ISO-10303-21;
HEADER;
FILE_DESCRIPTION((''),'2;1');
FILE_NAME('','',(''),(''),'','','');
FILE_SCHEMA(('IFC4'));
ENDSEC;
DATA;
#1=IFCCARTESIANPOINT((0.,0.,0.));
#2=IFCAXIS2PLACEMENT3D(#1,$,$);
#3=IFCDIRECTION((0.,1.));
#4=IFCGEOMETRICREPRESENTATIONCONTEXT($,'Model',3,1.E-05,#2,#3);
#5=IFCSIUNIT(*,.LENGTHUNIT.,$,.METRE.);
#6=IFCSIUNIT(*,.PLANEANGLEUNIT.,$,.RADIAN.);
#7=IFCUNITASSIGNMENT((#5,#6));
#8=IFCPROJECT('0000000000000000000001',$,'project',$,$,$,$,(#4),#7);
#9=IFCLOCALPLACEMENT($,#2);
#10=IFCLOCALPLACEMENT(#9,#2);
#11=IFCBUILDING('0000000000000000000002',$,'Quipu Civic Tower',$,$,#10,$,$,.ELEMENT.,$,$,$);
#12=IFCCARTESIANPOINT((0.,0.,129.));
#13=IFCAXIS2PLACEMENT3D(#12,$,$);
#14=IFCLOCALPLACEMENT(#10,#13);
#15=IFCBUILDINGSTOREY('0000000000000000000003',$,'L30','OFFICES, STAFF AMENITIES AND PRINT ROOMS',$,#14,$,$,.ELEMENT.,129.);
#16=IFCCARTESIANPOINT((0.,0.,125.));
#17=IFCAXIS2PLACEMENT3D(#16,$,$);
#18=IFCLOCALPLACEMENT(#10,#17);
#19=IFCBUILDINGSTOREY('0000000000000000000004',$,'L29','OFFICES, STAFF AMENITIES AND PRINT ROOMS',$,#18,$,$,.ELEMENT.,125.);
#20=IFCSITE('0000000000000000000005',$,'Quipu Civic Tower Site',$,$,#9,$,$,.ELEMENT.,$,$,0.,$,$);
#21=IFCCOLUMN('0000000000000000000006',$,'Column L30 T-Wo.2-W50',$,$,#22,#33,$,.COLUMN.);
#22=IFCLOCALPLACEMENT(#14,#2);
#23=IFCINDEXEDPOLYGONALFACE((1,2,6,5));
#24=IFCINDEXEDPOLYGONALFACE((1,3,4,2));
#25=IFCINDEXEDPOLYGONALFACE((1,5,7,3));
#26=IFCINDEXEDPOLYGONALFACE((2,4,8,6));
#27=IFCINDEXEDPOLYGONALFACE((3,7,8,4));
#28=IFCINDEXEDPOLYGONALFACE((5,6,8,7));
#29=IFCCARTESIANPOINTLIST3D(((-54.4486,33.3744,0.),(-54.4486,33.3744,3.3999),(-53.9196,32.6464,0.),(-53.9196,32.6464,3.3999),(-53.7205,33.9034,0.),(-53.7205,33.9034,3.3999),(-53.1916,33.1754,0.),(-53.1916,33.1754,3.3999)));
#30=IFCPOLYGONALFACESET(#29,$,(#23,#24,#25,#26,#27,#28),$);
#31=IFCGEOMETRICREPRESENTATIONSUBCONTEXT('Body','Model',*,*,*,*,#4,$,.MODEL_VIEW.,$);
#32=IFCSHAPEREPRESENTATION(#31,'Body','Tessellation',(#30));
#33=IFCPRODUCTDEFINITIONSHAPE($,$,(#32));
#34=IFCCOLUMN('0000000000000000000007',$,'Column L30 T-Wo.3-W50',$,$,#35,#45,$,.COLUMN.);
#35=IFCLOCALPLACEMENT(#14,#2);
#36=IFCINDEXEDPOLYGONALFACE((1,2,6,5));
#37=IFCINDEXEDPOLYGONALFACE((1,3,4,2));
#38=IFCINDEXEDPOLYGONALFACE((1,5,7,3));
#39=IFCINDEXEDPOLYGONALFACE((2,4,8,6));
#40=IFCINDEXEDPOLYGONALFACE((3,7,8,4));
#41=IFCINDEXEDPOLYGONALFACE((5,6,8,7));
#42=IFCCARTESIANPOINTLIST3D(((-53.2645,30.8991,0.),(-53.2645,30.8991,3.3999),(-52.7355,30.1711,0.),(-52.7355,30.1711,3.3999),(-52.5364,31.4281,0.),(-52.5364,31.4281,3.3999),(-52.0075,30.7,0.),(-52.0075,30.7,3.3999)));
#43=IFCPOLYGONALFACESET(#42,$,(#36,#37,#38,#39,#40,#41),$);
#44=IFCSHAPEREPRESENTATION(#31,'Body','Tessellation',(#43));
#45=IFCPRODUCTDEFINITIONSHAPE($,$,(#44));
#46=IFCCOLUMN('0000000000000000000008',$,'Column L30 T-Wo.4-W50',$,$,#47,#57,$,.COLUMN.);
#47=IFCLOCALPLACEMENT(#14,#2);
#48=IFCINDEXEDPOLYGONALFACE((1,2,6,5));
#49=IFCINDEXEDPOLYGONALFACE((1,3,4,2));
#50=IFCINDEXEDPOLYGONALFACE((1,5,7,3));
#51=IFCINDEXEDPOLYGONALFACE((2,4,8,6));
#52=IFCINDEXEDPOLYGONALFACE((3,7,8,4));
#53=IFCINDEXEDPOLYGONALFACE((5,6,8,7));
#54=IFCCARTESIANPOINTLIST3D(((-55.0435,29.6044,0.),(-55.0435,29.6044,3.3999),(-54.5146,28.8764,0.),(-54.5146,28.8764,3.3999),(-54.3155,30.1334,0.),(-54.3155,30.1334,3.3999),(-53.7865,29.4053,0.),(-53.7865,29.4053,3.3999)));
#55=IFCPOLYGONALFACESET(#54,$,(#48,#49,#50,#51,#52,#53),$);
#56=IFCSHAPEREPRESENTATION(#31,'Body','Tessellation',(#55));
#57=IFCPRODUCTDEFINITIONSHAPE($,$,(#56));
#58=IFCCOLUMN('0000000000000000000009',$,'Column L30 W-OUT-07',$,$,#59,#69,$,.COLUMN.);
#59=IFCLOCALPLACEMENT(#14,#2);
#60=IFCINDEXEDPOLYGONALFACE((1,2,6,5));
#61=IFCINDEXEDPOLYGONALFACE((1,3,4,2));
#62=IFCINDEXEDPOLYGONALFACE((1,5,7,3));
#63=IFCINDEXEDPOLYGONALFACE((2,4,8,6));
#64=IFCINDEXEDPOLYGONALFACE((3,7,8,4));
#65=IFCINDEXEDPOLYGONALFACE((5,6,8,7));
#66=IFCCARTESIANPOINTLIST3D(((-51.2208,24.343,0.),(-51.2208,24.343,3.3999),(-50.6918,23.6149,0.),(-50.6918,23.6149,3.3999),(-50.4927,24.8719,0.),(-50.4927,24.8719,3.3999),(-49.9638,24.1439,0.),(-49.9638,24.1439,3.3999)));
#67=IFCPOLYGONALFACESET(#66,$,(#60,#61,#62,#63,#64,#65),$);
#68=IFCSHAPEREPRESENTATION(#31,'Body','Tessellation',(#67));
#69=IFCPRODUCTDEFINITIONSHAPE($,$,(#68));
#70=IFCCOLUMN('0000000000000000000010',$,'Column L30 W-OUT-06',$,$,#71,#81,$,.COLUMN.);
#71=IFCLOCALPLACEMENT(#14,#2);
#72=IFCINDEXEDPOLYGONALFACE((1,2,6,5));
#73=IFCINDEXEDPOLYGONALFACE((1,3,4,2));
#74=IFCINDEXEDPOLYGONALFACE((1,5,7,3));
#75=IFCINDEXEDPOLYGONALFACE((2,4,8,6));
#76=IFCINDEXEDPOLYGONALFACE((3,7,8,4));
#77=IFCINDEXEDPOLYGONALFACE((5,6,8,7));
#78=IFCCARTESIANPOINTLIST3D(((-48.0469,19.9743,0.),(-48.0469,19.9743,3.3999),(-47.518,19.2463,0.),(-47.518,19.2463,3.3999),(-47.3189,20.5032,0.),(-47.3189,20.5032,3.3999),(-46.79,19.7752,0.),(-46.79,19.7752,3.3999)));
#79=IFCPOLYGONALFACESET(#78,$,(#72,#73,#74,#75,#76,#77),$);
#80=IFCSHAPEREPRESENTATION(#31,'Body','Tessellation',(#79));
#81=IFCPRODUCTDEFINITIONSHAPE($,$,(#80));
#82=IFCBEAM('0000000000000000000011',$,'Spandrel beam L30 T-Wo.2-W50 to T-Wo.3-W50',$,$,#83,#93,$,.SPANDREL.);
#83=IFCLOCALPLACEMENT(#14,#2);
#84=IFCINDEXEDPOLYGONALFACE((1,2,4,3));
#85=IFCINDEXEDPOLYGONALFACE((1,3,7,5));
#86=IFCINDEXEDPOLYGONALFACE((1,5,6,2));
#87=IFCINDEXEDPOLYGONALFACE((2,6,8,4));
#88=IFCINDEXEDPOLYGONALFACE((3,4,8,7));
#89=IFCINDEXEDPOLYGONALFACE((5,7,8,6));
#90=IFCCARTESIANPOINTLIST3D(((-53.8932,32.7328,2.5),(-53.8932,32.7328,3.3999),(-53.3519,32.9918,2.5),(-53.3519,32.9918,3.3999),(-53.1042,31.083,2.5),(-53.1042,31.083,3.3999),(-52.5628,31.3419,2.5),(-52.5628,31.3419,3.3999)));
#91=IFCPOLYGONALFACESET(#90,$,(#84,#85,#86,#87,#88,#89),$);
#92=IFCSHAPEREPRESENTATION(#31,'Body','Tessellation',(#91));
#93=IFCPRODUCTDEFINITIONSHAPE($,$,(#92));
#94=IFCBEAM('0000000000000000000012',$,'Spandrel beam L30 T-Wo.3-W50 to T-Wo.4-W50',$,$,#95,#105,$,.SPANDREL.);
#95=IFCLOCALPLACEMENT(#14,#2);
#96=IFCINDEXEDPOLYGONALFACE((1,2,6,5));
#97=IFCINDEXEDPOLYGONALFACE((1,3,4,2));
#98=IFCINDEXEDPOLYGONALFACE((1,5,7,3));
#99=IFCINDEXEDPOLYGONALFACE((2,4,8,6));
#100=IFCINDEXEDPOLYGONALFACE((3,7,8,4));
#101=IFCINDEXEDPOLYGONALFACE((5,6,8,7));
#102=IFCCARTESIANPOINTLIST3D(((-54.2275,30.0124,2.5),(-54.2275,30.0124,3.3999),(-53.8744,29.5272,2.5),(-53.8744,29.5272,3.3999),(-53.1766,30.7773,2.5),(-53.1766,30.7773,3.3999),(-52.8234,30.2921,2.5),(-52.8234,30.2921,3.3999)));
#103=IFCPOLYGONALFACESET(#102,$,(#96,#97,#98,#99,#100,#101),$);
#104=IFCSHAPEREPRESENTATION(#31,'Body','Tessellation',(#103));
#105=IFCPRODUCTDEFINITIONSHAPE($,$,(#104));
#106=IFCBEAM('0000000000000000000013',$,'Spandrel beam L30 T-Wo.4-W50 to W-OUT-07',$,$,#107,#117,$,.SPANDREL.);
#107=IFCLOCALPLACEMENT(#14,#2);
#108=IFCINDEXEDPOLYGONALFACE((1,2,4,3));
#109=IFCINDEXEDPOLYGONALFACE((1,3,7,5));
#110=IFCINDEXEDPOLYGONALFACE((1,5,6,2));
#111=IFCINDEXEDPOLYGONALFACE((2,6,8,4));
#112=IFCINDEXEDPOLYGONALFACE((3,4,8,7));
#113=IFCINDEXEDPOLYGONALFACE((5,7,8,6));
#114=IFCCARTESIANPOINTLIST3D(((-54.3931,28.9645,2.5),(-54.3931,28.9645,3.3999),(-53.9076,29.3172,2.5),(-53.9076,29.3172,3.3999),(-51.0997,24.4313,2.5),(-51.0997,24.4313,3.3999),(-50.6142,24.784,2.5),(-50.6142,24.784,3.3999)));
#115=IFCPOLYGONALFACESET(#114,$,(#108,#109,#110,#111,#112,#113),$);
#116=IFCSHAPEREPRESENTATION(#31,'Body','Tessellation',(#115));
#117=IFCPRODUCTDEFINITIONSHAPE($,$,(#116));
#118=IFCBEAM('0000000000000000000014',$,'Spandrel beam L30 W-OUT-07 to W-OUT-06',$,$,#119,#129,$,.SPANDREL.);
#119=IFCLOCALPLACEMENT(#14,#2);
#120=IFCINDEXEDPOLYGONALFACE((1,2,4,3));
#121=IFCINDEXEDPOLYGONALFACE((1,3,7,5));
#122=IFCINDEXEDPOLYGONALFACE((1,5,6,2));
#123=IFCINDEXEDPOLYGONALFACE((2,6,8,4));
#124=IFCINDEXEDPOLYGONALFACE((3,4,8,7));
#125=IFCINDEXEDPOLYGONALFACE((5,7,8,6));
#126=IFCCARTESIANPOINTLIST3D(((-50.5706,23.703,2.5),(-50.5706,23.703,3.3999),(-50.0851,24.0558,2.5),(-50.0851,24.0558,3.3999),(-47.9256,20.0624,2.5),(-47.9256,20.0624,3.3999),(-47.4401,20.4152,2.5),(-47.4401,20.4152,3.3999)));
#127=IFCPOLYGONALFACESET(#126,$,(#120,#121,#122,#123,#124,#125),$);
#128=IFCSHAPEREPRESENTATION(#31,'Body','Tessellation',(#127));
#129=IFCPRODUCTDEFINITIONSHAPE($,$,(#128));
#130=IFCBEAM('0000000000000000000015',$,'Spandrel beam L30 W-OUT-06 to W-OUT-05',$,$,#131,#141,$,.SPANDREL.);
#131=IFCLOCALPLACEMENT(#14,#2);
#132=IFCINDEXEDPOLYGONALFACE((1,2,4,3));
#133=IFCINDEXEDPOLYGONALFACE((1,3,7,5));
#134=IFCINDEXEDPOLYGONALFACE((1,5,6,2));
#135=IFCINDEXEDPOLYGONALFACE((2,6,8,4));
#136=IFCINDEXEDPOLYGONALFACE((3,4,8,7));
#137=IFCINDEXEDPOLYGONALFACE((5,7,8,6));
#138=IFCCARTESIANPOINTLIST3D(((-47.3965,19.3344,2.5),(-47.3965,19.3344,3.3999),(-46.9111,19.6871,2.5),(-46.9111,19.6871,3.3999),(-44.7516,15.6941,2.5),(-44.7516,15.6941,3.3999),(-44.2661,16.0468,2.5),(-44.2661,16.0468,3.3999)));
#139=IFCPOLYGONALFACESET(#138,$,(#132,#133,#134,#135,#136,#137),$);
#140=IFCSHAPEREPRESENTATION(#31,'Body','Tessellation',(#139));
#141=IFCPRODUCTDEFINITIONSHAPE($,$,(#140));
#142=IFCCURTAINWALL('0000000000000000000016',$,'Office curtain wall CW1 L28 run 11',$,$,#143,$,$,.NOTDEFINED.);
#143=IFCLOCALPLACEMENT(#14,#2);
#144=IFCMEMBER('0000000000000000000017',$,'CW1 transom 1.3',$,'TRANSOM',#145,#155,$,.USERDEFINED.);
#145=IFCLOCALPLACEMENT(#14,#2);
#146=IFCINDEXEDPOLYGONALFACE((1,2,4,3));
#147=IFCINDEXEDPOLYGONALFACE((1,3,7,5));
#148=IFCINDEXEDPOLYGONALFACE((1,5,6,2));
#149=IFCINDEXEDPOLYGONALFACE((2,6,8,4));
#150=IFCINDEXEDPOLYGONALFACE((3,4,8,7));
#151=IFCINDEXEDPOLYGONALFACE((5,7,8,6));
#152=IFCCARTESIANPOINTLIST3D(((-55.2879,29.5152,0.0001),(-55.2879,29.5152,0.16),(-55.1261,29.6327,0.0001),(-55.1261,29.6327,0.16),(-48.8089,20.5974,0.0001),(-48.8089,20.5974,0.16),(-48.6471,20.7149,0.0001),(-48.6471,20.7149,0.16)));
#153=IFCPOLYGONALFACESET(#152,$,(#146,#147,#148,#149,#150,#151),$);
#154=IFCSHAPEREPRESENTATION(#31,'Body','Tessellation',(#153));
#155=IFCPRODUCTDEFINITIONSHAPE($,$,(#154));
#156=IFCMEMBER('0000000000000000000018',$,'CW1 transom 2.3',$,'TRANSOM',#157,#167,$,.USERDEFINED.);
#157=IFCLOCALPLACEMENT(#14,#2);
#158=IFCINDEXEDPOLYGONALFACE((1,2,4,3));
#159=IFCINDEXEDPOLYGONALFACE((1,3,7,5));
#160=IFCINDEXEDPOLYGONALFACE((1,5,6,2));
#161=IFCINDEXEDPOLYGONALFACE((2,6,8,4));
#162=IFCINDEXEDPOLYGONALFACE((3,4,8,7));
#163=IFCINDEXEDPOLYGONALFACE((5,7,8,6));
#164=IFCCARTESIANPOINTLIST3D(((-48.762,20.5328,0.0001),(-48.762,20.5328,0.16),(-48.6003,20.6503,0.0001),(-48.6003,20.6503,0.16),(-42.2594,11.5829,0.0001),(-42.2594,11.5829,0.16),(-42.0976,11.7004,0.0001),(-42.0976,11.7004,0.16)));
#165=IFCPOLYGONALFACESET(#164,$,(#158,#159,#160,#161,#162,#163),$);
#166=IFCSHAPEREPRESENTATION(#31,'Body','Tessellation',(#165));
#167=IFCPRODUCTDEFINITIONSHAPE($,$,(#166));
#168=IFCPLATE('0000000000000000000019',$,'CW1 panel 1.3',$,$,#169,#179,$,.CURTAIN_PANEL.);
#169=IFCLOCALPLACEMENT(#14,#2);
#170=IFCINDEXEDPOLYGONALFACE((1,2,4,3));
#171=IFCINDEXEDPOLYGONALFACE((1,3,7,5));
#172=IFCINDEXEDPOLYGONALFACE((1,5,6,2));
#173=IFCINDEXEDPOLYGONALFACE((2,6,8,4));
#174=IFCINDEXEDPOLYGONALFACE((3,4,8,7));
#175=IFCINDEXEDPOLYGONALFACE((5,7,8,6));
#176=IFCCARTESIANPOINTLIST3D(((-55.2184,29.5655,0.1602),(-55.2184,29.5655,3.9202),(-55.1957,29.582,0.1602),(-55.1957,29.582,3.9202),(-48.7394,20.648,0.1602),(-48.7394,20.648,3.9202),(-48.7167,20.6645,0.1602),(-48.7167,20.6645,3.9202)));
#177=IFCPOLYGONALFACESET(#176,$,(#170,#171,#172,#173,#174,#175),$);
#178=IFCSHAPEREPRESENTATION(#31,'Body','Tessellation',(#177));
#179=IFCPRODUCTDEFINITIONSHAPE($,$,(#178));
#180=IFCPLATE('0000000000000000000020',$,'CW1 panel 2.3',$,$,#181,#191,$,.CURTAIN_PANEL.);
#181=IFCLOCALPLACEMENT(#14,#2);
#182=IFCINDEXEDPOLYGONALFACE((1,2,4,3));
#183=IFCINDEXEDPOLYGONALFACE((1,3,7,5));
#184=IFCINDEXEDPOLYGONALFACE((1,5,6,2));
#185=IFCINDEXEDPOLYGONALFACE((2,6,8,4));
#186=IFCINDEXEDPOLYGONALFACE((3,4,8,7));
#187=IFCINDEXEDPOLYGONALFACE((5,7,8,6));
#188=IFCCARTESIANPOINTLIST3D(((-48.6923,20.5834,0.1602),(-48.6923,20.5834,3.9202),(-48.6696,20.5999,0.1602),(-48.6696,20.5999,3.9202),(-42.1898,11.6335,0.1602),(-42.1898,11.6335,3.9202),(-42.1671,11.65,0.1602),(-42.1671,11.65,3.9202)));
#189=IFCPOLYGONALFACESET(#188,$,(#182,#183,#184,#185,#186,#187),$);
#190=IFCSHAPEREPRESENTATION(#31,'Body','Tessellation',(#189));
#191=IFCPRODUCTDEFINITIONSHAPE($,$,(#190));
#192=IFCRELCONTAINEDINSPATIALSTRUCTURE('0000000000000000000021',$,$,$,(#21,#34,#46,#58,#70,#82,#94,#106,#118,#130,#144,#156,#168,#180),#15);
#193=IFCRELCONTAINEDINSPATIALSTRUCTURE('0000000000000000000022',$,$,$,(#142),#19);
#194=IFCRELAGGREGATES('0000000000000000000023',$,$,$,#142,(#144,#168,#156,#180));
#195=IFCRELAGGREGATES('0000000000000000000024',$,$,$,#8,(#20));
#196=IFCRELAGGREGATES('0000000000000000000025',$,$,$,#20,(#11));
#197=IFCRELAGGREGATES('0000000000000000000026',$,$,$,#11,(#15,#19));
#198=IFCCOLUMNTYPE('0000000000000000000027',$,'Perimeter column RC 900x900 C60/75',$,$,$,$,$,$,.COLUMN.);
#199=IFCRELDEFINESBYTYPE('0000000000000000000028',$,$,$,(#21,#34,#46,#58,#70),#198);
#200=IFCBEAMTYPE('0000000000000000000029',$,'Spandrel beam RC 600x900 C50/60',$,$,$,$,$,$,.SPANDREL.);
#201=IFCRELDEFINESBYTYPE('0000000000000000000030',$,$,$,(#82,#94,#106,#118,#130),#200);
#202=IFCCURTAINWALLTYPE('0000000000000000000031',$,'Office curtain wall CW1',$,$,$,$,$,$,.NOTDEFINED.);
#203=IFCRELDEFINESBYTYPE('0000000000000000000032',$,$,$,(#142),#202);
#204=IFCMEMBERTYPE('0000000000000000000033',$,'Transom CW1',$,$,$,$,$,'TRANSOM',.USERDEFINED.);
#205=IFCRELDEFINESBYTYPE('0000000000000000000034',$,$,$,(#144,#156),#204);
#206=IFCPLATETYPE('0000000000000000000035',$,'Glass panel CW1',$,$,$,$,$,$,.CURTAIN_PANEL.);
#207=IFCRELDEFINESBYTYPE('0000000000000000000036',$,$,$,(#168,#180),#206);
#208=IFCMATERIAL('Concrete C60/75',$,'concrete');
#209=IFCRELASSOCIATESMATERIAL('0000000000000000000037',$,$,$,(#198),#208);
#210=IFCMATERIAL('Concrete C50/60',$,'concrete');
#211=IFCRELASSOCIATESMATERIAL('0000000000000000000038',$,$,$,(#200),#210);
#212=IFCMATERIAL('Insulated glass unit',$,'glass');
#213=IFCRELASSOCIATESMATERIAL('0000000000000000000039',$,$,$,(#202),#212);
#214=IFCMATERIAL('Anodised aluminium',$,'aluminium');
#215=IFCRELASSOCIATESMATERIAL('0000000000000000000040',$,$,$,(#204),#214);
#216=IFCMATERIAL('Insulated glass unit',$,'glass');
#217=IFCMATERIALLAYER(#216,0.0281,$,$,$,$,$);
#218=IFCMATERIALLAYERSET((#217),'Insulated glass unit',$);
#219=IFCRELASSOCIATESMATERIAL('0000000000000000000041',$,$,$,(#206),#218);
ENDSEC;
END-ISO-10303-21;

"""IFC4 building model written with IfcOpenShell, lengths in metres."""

from ifc_helpers import new_model, si_unit, direction, frame, origin, origin_2d, place, context, subcontext, project, spatial, rectangle, extrude, material, layer, layer_set, material_profile, profile_set, type_object, element, aggregate, save


model = new_model("IFC4")

# Units and contexts
model_context = context("Model", 3, precision=1e-05, world=origin(), true_north=direction((0.0, 1.0)))
body_context = subcontext(model_context, "Body", "Model", "MODEL_VIEW")
ifc_project = project(units=[si_unit("LENGTHUNIT", "METRE"), si_unit("PLANEANGLEUNIT", "RADIAN")], contexts=[model_context])

# Site, building, storey
site_placement = place(None, origin())
site = spatial("IfcSite", under=ifc_project, at=site_placement, Name="Quipu Civic Tower Site", CompositionType="ELEMENT", RefElevation=0.0)
building_placement = place(site_placement, origin())
building = spatial("IfcBuilding", under=site, at=building_placement, Name="Quipu Civic Tower", CompositionType="ELEMENT")
storey_1_placement = place(building_placement, frame((0.0, 0.0, 129.0)))
storey_1 = spatial("IfcBuildingStorey", under=building, at=storey_1_placement, Name="L30", Description="OFFICES, STAFF AMENITIES AND PRINT ROOMS", CompositionType="ELEMENT", Elevation=129.0)

# Columns
ifc_material_1 = material(Name="Concrete C60/75", Category="concrete")
ifc_material_profile_1 = material_profile(ifc_material_1, rectangle(XDim=0.8999, YDim=0.8999, at=origin_2d()), Name="RC900x900")
ifc_profile_set_1 = profile_set([ifc_material_profile_1], Name="Concrete C60/75")
column_type = type_object("IfcColumnType", Name="Perimeter column RC 900x900 C60/75", PredefinedType="COLUMN", material=ifc_profile_set_1)
for number, where, z_axis, x_axis, name in (
    (1, (-53.8201, 33.2749, 0.0), (0.0, 0.0, 1.0), (0.587785, -0.809017, 0.0), "Column L30 T-Wo.2-W50"),
    (2, (-52.636, 30.7996, 0.0), (0.0, 0.0, 1.0), (-0.809017, -0.587785, 0.0), "Column L30 T-Wo.3-W50"),
    (3, (-54.415, 29.5049, 0.0), (0.0, 0.0, 1.0), (0.587785, -0.809017, 0.0), "Column L30 T-Wo.4-W50"),
    (4, (-50.5923, 24.2434, 0.0), (0.0, 0.0, 1.0), (0.587785, -0.809017, 0.0), "Column L30 W-OUT-07"),
    (5, (-47.4185, 19.8748, 0.0), (0.0, 0.0, 1.0), (0.587785, -0.809017, 0.0), "Column L30 W-OUT-06"),
):
    element("IfcColumn", number, at=place(storey_1_placement, frame(where, z_axis=z_axis, x_axis=x_axis)), inside=storey_1, type_object=column_type, Name=name, PredefinedType="COLUMN", context=body_context, shape_type="SweptSolid", body=[
        extrude(rectangle(XDim=0.8999, YDim=0.8999, at=origin_2d()), origin(), (0.0, 0.0, 1.0), 3.3999),
    ])

# Beams
ifc_material_2 = material(Name="Concrete C50/60", Category="concrete")
ifc_material_profile_2 = material_profile(ifc_material_2, rectangle(XDim=0.6001, YDim=0.8999, at=origin_2d()), Name="RC600x900")
ifc_profile_set_2 = profile_set([ifc_material_profile_2], Name="Concrete C50/60")
beam_type = type_object("IfcBeamType", Name="Spandrel beam RC 600x900 C50/60", PredefinedType="SPANDREL", material=ifc_profile_set_2)
beam_1_placement = place(storey_1_placement, frame((-53.6226, 32.8623, 2.95), z_axis=(0.431446, -0.902139, 0.0), x_axis=(0.902139, 0.431446, 0.0)))
element("IfcBeam", 6, at=beam_1_placement, inside=storey_1, type_object=beam_type, Name="Spandrel beam L30 T-Wo.2-W50 to T-Wo.3-W50", PredefinedType="SPANDREL", context=body_context, shape_type="SweptSolid", body=[
    extrude(rectangle(XDim=0.6001, YDim=0.8999, at=origin_2d()), origin(), (0.0, 0.0, 1.0), 1.8289),
])
beam_2_placement = place(storey_1_placement, frame((-53.0, 30.5347, 2.95), z_axis=(-0.808549, -0.588429, 0.0), x_axis=(0.588429, -0.808549, 0.0)))
element("IfcBeam", 7, at=beam_2_placement, inside=storey_1, type_object=beam_type, Name="Spandrel beam L30 T-Wo.3-W50 to T-Wo.4-W50", PredefinedType="SPANDREL", context=body_context, shape_type="SweptSolid", body=[
    extrude(rectangle(XDim=0.6001, YDim=0.8999, at=origin_2d()), origin(), (0.0, 0.0, 1.0), 1.2998),
])
beam_3_placement = place(storey_1_placement, frame((-54.1504, 29.1409, 2.95), z_axis=(0.587773, -0.809026, 0.0), x_axis=(0.809026, 0.587773, 0.0)))
element("IfcBeam", 8, at=beam_3_placement, inside=storey_1, type_object=beam_type, Name="Spandrel beam L30 T-Wo.4-W50 to W-OUT-07", PredefinedType="SPANDREL", context=body_context, shape_type="SweptSolid", body=[
    extrude(rectangle(XDim=0.6001, YDim=0.8999, at=origin_2d()), origin(), (0.0, 0.0, 1.0), 5.6033),
])
beam_4_placement = place(storey_1_placement, frame((-50.3279, 23.8794, 2.95), z_axis=(0.587778, -0.809022, 0.0), x_axis=(0.809022, 0.587778, 0.0)))
element("IfcBeam", 9, at=beam_4_placement, inside=storey_1, type_object=beam_type, Name="Spandrel beam L30 W-OUT-07 to W-OUT-06", PredefinedType="SPANDREL", context=body_context, shape_type="SweptSolid", body=[
    extrude(rectangle(XDim=0.6001, YDim=0.8999, at=origin_2d()), origin(), (0.0, 0.0, 1.0), 4.5),
])
beam_5_placement = place(storey_1_placement, frame((-47.1538, 19.5107, 2.95), z_axis=(0.587804, -0.809003, 0.0), x_axis=(0.809003, 0.587804, 0.0)))
element("IfcBeam", 10, at=beam_5_placement, inside=storey_1, type_object=beam_type, Name="Spandrel beam L30 W-OUT-06 to W-OUT-05", PredefinedType="SPANDREL", context=body_context, shape_type="SweptSolid", body=[
    extrude(rectangle(XDim=0.6001, YDim=0.8999, at=origin_2d()), origin(), (0.0, 0.0, 1.0), 4.4998),
])

# Shared definitions
storey_2_placement = place(building_placement, frame((0.0, 0.0, 125.0)))
storey_2 = spatial("IfcBuildingStorey", under=building, at=storey_2_placement, Name="L29", Description="OFFICES, STAFF AMENITIES AND PRINT ROOMS", CompositionType="ELEMENT", Elevation=125.0)

# Curtain wall, members, plates
ifc_material_3 = material(Name="Insulated glass unit", Category="glass")
curtain_wall_type = type_object("IfcCurtainWallType", Name="Office curtain wall CW1", PredefinedType="NOTDEFINED", material=ifc_material_3)
curtain_wall_placement = place(storey_2_placement, origin())
curtain_wall = element("IfcCurtainWall", 11, at=curtain_wall_placement, inside=storey_2, type_object=curtain_wall_type, Name="Office curtain wall CW1 L28 run 11", PredefinedType="NOTDEFINED")
ifc_material_4 = material(Name="Anodised aluminium", Category="aluminium")
ifc_material_profile_3 = material_profile(ifc_material_4, rectangle(XDim=0.2, YDim=0.1599, at=origin_2d()), Name="RECT 200x160")
ifc_profile_set_3 = profile_set([ifc_material_profile_3], Name="Anodised aluminium")
member_type = type_object("IfcMemberType", Name="Transom CW1", ElementType="TRANSOM", PredefinedType="USERDEFINED", material=ifc_profile_set_3)
member_1_placement = place(storey_1_placement, frame((-55.207, 29.574, 0.0801), z_axis=(0.587779, -0.809021, 0.0), x_axis=(0.809021, 0.587779, 0.0)))
member_1 = element("IfcMember", 12, at=member_1_placement, inside=storey_1, type_object=member_type, Name="CW1 transom 1.3", ObjectType="TRANSOM", PredefinedType="USERDEFINED", context=body_context, shape_type="SweptSolid", body=[
    extrude(rectangle(XDim=0.2, YDim=0.1599, at=origin_2d()), origin(), (0.0, 0.0, 1.0), 11.0229),
])
member_2_placement = place(storey_1_placement, frame((-48.6812, 20.5916, 0.0801), z_axis=(0.587795, -0.80901, 0.0), x_axis=(0.80901, 0.587795, 0.0)))
member_2 = element("IfcMember", 13, at=member_2_placement, inside=storey_1, type_object=member_type, Name="CW1 transom 2.3", ObjectType="TRANSOM", PredefinedType="USERDEFINED", context=body_context, shape_type="SweptSolid", body=[
    extrude(rectangle(XDim=0.2, YDim=0.1599, at=origin_2d()), origin(), (0.0, 0.0, 1.0), 11.0627),
])
ifc_material_5 = material(Name="Insulated glass unit", Category="glass")
ifc_layer_1 = layer(ifc_material_5, 0.0281)
ifc_layer_set_1 = layer_set([ifc_layer_1], Name="Insulated glass unit")
plate_type_1 = type_object("IfcPlateType", Name="Glass panel CW1", PredefinedType="CURTAIN_PANEL", material=ifc_layer_set_1)
plate_1_placement = place(storey_1_placement, frame((-51.9675, 25.115, 0.1602), z_axis=(0.0, 0.0, 1.0), x_axis=(0.587786, -0.809017, 0.0)))
plate_1 = element("IfcPlate", 14, at=plate_1_placement, inside=storey_1, type_object=plate_type_1, Name="CW1 panel 1.3", PredefinedType="CURTAIN_PANEL", context=body_context, shape_type="SweptSolid", body=[
    extrude(rectangle(XDim=11.0227, YDim=0.0281, at=origin_2d()), origin(), (0.0, 0.0, 1.0), 3.76),
])
plate_2_placement = place(storey_1_placement, frame((-45.4297, 16.1167, 0.1602), z_axis=(0.0, 0.0, 1.0), x_axis=(0.587786, -0.809017, 0.0)))
plate_2 = element("IfcPlate", 15, at=plate_2_placement, inside=storey_1, type_object=plate_type_1, Name="CW1 panel 2.3", PredefinedType="CURTAIN_PANEL", context=body_context, shape_type="SweptSolid", body=[
    extrude(rectangle(XDim=11.0627, YDim=0.0281, at=origin_2d()), origin(), (0.0, 0.0, 1.0), 3.76),
])
aggregate(curtain_wall, [member_1, plate_1, member_2, plate_2])

save(model, "model.ifc")
